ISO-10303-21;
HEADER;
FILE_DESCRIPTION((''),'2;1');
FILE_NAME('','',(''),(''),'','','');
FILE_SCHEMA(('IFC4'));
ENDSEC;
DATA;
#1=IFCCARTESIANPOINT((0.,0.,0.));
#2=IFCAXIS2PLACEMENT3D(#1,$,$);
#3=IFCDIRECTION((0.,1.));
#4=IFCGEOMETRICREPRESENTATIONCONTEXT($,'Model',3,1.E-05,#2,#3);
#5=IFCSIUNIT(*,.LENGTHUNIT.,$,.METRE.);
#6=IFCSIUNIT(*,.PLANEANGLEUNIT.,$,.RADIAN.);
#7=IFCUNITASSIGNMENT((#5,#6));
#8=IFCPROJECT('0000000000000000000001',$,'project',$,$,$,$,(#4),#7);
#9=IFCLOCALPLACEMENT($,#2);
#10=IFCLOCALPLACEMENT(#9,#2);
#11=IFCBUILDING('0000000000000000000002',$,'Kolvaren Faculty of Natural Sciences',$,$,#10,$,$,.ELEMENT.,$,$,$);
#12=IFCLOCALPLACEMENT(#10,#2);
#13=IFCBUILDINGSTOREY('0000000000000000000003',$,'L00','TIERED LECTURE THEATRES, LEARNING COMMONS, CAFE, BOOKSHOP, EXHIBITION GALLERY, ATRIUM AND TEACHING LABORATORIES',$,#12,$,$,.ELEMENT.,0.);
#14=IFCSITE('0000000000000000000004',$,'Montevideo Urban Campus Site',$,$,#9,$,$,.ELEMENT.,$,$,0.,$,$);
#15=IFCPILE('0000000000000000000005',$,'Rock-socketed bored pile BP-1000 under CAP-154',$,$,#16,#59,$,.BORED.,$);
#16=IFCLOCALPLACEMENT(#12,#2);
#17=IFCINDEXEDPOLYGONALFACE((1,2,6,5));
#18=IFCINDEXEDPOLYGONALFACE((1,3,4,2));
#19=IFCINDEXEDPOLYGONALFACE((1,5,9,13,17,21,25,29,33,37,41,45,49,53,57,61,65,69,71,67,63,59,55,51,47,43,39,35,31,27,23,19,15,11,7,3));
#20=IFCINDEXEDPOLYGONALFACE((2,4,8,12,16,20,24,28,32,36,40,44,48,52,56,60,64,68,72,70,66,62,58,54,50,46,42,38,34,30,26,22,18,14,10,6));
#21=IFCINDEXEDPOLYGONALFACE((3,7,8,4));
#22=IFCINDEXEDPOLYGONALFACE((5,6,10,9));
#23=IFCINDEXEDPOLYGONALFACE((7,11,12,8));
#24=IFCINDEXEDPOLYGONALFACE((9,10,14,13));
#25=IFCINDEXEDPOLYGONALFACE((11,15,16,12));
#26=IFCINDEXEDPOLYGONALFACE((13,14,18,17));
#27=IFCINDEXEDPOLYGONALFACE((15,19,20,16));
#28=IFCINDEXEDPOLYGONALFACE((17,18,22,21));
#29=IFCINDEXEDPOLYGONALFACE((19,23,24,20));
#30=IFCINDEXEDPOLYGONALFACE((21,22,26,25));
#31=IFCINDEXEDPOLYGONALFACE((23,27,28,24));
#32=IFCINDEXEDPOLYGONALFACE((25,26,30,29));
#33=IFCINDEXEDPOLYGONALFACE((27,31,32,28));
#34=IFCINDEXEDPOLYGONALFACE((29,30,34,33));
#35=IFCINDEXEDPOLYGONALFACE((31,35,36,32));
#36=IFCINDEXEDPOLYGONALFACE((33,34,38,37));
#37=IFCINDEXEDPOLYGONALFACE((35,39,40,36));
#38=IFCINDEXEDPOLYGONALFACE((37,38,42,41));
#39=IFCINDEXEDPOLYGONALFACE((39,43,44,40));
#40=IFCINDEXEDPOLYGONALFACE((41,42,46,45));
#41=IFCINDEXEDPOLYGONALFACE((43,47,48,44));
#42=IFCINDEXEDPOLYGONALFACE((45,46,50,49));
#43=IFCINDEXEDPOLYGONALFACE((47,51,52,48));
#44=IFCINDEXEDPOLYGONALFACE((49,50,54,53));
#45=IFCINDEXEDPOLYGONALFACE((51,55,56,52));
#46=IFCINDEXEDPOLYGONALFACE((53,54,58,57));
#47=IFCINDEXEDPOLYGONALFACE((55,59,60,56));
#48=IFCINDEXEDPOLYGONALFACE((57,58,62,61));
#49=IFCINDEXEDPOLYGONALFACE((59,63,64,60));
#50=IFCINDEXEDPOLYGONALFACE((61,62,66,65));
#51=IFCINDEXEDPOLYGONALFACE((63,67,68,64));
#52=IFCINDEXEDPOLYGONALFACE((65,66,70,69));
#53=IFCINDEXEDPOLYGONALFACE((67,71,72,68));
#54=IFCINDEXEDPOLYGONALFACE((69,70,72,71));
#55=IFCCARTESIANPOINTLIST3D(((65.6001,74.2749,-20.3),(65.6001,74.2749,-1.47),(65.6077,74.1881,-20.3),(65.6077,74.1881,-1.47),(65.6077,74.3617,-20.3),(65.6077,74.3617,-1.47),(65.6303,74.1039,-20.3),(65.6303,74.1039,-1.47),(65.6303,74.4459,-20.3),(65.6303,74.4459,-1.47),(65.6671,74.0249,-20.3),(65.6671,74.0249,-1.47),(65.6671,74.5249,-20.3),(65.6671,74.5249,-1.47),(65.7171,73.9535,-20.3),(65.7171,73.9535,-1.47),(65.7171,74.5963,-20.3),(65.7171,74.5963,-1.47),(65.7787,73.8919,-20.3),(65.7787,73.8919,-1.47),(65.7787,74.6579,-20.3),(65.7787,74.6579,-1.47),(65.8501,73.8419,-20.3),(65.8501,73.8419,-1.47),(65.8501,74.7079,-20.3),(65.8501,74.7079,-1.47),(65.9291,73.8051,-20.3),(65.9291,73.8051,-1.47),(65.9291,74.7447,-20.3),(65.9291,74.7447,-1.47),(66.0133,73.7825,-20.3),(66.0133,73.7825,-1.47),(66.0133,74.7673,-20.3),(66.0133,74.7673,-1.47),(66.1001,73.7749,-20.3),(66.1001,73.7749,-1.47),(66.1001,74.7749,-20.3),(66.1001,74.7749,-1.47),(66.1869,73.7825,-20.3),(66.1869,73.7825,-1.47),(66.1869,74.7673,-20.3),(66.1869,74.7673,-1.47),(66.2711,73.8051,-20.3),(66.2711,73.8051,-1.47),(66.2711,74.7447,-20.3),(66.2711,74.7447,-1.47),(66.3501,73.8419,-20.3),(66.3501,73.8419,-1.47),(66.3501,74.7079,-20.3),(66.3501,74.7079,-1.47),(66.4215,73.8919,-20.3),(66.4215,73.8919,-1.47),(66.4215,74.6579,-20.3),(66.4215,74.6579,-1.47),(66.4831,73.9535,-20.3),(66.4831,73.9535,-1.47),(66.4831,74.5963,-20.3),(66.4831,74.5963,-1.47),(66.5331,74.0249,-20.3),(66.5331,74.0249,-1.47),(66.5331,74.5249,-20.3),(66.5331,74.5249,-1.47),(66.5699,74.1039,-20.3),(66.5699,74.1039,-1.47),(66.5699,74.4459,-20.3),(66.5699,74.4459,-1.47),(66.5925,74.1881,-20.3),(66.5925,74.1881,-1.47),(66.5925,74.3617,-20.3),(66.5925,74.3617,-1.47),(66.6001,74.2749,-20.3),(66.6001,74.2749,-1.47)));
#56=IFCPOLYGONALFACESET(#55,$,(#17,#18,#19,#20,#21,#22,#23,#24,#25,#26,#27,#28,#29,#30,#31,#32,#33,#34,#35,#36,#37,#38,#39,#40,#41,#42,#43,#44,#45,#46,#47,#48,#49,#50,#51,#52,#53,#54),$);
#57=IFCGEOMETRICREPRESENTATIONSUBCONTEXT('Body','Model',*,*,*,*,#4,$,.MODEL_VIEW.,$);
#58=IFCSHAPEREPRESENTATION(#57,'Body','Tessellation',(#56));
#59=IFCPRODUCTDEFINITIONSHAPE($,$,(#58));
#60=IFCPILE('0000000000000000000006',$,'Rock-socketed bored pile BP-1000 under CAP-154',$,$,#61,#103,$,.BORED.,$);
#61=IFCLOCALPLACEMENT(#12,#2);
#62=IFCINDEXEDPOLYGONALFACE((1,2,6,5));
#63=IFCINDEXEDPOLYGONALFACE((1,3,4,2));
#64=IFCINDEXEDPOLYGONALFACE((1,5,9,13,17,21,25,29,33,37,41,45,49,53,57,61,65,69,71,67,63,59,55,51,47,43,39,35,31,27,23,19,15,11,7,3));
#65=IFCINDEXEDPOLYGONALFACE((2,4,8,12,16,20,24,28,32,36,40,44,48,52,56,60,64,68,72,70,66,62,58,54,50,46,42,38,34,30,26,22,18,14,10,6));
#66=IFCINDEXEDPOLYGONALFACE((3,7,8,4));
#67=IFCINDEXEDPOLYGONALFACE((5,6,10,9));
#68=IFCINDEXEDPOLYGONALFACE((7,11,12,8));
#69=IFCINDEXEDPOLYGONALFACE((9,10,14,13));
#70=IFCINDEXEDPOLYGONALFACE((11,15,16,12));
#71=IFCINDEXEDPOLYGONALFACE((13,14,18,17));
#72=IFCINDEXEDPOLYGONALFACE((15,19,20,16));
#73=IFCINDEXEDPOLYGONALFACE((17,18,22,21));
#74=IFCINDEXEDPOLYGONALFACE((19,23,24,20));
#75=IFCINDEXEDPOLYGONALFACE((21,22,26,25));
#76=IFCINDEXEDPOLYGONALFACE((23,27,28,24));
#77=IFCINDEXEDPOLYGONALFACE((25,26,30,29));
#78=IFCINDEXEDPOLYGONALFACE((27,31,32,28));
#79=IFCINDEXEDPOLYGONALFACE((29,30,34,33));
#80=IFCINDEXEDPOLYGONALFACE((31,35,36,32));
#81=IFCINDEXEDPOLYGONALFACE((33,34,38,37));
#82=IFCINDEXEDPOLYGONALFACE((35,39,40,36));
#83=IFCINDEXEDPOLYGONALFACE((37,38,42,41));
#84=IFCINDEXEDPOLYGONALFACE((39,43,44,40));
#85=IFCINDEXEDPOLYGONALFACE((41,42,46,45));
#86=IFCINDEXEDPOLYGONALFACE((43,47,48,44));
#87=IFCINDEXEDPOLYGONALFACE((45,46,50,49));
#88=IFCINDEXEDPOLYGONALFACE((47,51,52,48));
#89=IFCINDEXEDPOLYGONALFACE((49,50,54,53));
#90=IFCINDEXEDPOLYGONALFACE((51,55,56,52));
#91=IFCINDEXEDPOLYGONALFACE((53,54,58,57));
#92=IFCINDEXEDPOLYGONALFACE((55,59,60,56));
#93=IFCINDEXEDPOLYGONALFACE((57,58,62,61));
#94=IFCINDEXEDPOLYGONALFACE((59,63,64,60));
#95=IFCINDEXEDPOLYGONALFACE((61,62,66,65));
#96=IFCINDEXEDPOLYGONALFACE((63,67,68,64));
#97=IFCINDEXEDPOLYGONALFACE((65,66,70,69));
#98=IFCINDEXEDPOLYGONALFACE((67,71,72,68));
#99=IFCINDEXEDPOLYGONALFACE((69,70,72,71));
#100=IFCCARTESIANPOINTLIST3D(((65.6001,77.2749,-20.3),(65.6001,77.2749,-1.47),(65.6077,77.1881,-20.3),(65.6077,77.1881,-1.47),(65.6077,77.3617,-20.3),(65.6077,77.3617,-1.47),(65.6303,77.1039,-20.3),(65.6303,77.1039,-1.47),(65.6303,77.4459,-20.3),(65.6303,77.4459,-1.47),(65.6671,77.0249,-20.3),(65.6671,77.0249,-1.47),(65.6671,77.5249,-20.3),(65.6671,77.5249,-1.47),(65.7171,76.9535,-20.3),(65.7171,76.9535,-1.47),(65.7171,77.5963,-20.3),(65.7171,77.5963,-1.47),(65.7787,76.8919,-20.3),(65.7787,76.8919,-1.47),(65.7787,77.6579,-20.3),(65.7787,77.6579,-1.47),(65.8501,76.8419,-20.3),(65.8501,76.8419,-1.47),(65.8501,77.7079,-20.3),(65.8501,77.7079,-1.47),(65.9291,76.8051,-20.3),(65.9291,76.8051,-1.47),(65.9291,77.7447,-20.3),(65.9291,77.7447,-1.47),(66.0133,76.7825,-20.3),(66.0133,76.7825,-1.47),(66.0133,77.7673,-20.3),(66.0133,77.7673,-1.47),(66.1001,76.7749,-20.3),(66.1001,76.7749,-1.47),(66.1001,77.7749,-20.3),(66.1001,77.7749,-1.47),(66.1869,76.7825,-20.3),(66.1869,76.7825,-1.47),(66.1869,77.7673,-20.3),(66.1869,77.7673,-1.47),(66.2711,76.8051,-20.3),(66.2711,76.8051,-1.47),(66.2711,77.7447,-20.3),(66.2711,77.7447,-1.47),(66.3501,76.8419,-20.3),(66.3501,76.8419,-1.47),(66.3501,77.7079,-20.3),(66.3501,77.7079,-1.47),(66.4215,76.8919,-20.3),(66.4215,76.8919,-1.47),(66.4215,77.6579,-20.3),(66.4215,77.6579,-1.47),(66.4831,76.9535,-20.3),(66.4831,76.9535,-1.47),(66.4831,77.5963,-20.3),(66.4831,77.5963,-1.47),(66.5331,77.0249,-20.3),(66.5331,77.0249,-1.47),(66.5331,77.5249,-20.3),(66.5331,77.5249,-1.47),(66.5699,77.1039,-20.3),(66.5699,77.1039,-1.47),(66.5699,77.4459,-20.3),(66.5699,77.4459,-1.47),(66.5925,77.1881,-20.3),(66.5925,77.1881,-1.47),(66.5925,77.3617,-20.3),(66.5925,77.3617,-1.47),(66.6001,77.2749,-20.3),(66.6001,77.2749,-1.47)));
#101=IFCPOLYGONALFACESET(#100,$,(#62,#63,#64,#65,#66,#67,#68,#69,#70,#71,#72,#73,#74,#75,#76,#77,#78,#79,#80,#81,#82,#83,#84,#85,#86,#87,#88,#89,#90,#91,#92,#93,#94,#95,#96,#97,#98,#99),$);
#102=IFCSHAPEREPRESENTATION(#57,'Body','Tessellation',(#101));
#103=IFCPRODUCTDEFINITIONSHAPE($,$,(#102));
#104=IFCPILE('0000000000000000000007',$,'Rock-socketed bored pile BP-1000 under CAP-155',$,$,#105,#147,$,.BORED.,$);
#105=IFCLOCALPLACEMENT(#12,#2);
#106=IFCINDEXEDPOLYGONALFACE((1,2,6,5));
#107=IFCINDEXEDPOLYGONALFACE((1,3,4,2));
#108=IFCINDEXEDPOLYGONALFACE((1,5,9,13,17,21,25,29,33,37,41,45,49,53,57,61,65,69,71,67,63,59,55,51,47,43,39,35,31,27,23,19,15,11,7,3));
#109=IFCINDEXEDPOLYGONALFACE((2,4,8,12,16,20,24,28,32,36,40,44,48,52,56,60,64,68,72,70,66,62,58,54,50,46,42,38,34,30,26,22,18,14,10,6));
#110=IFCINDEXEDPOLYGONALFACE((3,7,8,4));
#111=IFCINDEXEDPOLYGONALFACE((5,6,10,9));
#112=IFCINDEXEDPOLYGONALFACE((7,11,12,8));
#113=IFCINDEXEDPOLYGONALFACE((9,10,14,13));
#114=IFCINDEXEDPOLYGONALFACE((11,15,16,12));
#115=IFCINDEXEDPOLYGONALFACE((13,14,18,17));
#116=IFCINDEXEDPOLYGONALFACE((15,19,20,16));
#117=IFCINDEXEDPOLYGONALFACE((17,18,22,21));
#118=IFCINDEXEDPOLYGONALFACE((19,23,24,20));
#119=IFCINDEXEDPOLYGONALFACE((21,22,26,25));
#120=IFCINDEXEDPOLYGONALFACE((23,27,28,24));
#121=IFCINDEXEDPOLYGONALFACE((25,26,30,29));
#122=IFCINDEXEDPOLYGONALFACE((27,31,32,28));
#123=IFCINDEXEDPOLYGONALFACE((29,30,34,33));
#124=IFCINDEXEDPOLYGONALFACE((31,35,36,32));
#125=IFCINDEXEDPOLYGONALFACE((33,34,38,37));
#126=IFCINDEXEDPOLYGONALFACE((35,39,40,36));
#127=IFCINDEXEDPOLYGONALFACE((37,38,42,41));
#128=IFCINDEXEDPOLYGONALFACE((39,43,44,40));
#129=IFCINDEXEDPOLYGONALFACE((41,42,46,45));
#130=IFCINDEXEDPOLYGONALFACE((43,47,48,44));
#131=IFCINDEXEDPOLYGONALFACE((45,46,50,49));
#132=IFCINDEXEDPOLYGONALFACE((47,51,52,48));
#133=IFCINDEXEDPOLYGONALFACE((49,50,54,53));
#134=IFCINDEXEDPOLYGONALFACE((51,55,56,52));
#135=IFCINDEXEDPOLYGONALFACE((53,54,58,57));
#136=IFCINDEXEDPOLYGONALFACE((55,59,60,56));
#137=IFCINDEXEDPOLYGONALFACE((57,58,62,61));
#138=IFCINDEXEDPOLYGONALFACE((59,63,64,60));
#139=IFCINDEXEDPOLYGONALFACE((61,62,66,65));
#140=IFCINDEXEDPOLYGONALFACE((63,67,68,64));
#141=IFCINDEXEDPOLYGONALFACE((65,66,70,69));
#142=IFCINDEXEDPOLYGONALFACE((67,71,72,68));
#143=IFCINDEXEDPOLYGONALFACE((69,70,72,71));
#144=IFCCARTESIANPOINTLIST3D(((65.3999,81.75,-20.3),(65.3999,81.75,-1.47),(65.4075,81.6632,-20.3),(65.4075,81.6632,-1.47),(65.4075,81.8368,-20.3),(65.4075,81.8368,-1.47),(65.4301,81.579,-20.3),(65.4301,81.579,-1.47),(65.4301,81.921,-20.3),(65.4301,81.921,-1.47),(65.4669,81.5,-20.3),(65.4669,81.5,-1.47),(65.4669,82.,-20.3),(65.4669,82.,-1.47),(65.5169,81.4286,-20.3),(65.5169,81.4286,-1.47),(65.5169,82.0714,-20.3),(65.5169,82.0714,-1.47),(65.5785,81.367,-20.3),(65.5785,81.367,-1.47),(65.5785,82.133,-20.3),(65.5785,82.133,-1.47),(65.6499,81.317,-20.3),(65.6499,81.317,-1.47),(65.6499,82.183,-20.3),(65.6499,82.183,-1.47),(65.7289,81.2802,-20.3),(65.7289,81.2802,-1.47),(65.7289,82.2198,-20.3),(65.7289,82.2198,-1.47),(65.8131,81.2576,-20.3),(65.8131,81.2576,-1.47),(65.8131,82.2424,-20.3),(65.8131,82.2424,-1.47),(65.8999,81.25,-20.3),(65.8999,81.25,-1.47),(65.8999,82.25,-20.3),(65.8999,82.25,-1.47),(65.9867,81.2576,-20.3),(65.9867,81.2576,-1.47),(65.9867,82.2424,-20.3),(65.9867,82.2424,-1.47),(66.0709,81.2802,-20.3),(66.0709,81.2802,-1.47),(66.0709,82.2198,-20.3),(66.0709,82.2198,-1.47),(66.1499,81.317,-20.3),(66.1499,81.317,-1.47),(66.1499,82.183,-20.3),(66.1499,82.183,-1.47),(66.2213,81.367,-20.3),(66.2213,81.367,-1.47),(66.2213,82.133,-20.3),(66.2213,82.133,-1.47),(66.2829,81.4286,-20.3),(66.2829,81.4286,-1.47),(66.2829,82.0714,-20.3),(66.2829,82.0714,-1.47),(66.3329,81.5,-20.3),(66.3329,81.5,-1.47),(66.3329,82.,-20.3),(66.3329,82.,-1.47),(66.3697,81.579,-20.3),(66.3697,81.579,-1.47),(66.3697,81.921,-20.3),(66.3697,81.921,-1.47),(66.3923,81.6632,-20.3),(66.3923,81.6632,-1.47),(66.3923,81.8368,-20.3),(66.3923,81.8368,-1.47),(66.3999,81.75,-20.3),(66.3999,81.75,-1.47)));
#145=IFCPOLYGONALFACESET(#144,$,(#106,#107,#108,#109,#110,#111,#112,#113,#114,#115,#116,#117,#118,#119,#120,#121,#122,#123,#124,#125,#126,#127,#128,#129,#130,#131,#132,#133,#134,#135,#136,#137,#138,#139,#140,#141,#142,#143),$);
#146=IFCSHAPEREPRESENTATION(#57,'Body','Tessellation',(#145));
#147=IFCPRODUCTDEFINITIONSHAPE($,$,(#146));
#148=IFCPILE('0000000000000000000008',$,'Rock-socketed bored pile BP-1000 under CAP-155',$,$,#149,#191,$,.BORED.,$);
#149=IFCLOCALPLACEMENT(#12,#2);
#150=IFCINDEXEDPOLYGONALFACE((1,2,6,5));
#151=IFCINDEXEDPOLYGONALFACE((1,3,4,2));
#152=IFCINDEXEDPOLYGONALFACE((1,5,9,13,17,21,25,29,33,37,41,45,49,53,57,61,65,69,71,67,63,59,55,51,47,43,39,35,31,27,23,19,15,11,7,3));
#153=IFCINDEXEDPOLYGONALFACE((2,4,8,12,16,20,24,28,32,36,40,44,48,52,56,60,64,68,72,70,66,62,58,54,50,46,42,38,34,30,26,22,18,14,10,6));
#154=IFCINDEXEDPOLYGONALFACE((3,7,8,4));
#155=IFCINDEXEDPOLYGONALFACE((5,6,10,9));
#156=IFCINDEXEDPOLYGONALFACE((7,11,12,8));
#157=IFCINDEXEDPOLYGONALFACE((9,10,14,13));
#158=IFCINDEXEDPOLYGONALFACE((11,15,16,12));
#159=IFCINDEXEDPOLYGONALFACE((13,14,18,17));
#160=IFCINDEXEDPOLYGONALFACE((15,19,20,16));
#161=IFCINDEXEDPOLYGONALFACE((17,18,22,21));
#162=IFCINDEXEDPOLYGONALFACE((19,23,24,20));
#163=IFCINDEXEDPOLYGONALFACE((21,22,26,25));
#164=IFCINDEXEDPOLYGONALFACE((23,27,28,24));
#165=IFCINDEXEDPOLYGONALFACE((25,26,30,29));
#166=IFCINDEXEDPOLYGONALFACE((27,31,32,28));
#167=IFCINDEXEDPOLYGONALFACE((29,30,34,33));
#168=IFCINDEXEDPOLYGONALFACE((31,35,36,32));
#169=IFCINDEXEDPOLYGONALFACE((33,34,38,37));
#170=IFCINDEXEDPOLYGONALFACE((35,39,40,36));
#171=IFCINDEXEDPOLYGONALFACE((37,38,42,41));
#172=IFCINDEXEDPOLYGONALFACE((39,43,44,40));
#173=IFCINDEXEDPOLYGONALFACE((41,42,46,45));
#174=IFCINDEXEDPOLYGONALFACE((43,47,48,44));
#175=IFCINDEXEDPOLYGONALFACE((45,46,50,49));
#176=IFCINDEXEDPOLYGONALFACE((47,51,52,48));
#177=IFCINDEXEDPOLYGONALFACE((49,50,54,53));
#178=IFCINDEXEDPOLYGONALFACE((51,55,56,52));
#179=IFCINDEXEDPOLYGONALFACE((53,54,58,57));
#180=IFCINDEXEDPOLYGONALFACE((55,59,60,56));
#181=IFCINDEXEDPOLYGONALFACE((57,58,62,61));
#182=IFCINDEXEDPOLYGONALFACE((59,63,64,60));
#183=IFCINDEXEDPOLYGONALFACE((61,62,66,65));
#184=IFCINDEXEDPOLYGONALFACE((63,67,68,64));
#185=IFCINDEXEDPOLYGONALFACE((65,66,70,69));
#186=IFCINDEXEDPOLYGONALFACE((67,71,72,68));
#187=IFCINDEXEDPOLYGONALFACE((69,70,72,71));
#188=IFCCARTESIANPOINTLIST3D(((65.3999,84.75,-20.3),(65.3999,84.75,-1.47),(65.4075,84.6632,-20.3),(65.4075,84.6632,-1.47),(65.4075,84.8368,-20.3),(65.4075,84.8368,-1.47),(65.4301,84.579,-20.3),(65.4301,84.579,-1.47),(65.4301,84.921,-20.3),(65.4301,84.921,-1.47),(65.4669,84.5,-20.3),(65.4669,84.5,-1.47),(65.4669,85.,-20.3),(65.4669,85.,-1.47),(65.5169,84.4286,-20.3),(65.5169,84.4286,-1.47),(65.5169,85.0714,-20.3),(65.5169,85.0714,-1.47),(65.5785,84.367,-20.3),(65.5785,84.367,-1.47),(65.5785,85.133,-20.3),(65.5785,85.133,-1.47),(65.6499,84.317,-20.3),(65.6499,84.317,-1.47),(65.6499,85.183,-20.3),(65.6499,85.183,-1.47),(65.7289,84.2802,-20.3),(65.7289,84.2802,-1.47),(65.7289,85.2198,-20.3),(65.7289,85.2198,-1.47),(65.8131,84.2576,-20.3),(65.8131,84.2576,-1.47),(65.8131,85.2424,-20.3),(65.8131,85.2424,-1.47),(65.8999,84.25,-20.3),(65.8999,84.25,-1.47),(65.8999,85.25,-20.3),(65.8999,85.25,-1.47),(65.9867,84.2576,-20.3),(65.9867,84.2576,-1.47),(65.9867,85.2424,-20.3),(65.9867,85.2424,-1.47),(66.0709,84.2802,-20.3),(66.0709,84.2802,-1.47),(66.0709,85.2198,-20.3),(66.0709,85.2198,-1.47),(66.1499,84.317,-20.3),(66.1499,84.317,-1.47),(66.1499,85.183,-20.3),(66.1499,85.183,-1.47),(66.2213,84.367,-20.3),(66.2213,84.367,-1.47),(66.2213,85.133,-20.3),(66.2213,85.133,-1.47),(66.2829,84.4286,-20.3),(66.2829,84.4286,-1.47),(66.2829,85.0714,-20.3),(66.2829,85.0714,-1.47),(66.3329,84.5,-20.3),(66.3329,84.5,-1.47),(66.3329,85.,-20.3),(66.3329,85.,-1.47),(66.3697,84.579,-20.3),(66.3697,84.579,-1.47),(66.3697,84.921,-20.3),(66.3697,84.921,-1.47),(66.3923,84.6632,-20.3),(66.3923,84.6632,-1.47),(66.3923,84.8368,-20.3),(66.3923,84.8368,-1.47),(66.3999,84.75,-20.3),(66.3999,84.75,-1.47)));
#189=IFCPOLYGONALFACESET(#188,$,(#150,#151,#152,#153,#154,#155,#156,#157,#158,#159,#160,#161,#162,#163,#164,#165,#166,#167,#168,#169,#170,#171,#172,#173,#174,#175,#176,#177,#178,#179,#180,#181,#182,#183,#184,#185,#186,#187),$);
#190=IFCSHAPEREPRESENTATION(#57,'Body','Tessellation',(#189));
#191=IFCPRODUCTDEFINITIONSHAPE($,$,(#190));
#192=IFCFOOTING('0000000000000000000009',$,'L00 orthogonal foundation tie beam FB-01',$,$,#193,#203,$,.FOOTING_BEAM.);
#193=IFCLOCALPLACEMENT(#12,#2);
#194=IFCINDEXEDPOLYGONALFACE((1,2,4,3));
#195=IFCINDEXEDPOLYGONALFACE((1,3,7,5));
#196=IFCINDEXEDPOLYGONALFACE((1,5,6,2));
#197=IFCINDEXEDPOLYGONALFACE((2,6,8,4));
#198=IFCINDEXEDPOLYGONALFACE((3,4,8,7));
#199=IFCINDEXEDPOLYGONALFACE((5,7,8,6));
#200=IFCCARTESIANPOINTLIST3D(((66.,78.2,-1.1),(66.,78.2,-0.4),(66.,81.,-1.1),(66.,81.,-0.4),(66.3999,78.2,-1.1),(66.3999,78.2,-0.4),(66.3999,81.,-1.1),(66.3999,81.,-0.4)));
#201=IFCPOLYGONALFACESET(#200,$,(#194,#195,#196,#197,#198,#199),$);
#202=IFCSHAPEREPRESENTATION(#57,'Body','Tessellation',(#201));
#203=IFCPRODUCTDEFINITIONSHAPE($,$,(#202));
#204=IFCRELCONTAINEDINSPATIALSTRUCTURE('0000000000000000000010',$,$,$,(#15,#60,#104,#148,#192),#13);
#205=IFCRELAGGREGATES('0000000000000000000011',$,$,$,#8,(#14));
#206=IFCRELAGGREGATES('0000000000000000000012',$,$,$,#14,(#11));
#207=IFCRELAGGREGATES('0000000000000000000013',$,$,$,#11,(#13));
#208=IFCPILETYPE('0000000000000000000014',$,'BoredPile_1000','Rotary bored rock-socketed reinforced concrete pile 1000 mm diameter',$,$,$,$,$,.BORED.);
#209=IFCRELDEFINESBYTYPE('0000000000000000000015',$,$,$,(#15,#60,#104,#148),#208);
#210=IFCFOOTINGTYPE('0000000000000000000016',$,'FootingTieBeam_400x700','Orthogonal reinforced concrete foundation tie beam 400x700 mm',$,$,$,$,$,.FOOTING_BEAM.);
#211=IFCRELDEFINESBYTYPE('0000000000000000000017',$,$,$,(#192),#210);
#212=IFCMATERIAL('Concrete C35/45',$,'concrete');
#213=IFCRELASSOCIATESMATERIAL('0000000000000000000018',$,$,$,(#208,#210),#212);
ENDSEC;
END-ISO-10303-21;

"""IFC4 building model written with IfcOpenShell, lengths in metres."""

from ifc_helpers import new_model, si_unit, direction, frame, origin, origin_2d, place, context, subcontext, project, spatial, rectangle, circle, extrude, material, material_profile, profile_set, type_object, element, save


model = new_model("IFC4")

# Units and contexts
model_context = context("Model", 3, precision=1e-05, world=origin(), true_north=direction((0.0, 1.0)))
body_context = subcontext(model_context, "Body", "Model", "MODEL_VIEW")
ifc_project = project(units=[si_unit("LENGTHUNIT", "METRE"), si_unit("PLANEANGLEUNIT", "RADIAN")], contexts=[model_context])

# Site, building, storey
site_placement = place(None, origin())
site = spatial("IfcSite", under=ifc_project, at=site_placement, Name="Montevideo Urban Campus Site", CompositionType="ELEMENT", RefElevation=0.0)
building_placement = place(site_placement, origin())
building = spatial("IfcBuilding", under=site, at=building_placement, Name="Kolvaren Faculty of Natural Sciences", CompositionType="ELEMENT")
storey_placement = place(building_placement, origin())
storey = spatial("IfcBuildingStorey", under=building, at=storey_placement, Name="L00", Description="TIERED LECTURE THEATRES, LEARNING COMMONS, CAFE, BOOKSHOP, EXHIBITION GALLERY, ATRIUM AND TEACHING LABORATORIES", CompositionType="ELEMENT", Elevation=0.0)

# Piles
ifc_material_1 = material(Name="Concrete C35/45", Category="concrete")
ifc_material_profile_1 = material_profile(ifc_material_1, circle(Radius=0.5, at=origin_2d()), Name="PILE D1000")
ifc_profile_set_1 = profile_set([ifc_material_profile_1], Name="Concrete C35/45")
pile_type = type_object("IfcPileType", Name="BoredPile_1000", Description="Rotary bored rock-socketed reinforced concrete pile 1000 mm diameter", PredefinedType="BORED", material=ifc_profile_set_1)
for number, where, z_axis, x_axis, name in (
    (1, (66.1001, 74.2749, -1.47), (0.0, 0.0, -1.0), (1.0, 0.0, 0.0), "Rock-socketed bored pile BP-1000 under CAP-154"),
    (2, (66.1001, 77.2749, -1.47), (0.0, 0.0, -1.0), (1.0, 0.0, 0.0), "Rock-socketed bored pile BP-1000 under CAP-154"),
    (3, (65.8999, 81.75, -1.47), (0.0, 0.0, -1.0), (1.0, 0.0, 0.0), "Rock-socketed bored pile BP-1000 under CAP-155"),
    (4, (65.8999, 84.75, -1.47), (0.0, 0.0, -1.0), (1.0, 0.0, 0.0), "Rock-socketed bored pile BP-1000 under CAP-155"),
):
    element("IfcPile", number, at=place(storey_placement, frame(where, z_axis=z_axis, x_axis=x_axis)), inside=storey, type_object=pile_type, Name=name, PredefinedType="BORED", context=body_context, shape_type="SweptSolid", body=[
        extrude(circle(Radius=0.5, at=origin_2d()), origin(), (0.0, 0.0, 1.0), 18.8301),
    ])

# Footing
ifc_material_profile_2 = material_profile(ifc_material_1, rectangle(XDim=0.3999, YDim=0.7, at=origin_2d()), Name="RC FB 400x700")
ifc_profile_set_2 = profile_set([ifc_material_profile_2], Name="Concrete C35/45")
footing_type = type_object("IfcFootingType", Name="FootingTieBeam_400x700", Description="Orthogonal reinforced concrete foundation tie beam 400x700 mm", PredefinedType="FOOTING_BEAM", material=ifc_profile_set_2)
footing_placement = place(storey_placement, frame((66.2, 78.2, -0.75), z_axis=(0.0, 1.0, 0.0), x_axis=(-1.0, 0.0, 0.0)))
element("IfcFooting", 5, at=footing_placement, inside=storey, type_object=footing_type, Name="L00 orthogonal foundation tie beam FB-01", PredefinedType="FOOTING_BEAM", context=body_context, shape_type="SweptSolid", body=[
    extrude(rectangle(XDim=0.3999, YDim=0.7, at=origin_2d()), origin(), (0.0, 0.0, 1.0), 2.8),
])

save(model, "model.ifc")
